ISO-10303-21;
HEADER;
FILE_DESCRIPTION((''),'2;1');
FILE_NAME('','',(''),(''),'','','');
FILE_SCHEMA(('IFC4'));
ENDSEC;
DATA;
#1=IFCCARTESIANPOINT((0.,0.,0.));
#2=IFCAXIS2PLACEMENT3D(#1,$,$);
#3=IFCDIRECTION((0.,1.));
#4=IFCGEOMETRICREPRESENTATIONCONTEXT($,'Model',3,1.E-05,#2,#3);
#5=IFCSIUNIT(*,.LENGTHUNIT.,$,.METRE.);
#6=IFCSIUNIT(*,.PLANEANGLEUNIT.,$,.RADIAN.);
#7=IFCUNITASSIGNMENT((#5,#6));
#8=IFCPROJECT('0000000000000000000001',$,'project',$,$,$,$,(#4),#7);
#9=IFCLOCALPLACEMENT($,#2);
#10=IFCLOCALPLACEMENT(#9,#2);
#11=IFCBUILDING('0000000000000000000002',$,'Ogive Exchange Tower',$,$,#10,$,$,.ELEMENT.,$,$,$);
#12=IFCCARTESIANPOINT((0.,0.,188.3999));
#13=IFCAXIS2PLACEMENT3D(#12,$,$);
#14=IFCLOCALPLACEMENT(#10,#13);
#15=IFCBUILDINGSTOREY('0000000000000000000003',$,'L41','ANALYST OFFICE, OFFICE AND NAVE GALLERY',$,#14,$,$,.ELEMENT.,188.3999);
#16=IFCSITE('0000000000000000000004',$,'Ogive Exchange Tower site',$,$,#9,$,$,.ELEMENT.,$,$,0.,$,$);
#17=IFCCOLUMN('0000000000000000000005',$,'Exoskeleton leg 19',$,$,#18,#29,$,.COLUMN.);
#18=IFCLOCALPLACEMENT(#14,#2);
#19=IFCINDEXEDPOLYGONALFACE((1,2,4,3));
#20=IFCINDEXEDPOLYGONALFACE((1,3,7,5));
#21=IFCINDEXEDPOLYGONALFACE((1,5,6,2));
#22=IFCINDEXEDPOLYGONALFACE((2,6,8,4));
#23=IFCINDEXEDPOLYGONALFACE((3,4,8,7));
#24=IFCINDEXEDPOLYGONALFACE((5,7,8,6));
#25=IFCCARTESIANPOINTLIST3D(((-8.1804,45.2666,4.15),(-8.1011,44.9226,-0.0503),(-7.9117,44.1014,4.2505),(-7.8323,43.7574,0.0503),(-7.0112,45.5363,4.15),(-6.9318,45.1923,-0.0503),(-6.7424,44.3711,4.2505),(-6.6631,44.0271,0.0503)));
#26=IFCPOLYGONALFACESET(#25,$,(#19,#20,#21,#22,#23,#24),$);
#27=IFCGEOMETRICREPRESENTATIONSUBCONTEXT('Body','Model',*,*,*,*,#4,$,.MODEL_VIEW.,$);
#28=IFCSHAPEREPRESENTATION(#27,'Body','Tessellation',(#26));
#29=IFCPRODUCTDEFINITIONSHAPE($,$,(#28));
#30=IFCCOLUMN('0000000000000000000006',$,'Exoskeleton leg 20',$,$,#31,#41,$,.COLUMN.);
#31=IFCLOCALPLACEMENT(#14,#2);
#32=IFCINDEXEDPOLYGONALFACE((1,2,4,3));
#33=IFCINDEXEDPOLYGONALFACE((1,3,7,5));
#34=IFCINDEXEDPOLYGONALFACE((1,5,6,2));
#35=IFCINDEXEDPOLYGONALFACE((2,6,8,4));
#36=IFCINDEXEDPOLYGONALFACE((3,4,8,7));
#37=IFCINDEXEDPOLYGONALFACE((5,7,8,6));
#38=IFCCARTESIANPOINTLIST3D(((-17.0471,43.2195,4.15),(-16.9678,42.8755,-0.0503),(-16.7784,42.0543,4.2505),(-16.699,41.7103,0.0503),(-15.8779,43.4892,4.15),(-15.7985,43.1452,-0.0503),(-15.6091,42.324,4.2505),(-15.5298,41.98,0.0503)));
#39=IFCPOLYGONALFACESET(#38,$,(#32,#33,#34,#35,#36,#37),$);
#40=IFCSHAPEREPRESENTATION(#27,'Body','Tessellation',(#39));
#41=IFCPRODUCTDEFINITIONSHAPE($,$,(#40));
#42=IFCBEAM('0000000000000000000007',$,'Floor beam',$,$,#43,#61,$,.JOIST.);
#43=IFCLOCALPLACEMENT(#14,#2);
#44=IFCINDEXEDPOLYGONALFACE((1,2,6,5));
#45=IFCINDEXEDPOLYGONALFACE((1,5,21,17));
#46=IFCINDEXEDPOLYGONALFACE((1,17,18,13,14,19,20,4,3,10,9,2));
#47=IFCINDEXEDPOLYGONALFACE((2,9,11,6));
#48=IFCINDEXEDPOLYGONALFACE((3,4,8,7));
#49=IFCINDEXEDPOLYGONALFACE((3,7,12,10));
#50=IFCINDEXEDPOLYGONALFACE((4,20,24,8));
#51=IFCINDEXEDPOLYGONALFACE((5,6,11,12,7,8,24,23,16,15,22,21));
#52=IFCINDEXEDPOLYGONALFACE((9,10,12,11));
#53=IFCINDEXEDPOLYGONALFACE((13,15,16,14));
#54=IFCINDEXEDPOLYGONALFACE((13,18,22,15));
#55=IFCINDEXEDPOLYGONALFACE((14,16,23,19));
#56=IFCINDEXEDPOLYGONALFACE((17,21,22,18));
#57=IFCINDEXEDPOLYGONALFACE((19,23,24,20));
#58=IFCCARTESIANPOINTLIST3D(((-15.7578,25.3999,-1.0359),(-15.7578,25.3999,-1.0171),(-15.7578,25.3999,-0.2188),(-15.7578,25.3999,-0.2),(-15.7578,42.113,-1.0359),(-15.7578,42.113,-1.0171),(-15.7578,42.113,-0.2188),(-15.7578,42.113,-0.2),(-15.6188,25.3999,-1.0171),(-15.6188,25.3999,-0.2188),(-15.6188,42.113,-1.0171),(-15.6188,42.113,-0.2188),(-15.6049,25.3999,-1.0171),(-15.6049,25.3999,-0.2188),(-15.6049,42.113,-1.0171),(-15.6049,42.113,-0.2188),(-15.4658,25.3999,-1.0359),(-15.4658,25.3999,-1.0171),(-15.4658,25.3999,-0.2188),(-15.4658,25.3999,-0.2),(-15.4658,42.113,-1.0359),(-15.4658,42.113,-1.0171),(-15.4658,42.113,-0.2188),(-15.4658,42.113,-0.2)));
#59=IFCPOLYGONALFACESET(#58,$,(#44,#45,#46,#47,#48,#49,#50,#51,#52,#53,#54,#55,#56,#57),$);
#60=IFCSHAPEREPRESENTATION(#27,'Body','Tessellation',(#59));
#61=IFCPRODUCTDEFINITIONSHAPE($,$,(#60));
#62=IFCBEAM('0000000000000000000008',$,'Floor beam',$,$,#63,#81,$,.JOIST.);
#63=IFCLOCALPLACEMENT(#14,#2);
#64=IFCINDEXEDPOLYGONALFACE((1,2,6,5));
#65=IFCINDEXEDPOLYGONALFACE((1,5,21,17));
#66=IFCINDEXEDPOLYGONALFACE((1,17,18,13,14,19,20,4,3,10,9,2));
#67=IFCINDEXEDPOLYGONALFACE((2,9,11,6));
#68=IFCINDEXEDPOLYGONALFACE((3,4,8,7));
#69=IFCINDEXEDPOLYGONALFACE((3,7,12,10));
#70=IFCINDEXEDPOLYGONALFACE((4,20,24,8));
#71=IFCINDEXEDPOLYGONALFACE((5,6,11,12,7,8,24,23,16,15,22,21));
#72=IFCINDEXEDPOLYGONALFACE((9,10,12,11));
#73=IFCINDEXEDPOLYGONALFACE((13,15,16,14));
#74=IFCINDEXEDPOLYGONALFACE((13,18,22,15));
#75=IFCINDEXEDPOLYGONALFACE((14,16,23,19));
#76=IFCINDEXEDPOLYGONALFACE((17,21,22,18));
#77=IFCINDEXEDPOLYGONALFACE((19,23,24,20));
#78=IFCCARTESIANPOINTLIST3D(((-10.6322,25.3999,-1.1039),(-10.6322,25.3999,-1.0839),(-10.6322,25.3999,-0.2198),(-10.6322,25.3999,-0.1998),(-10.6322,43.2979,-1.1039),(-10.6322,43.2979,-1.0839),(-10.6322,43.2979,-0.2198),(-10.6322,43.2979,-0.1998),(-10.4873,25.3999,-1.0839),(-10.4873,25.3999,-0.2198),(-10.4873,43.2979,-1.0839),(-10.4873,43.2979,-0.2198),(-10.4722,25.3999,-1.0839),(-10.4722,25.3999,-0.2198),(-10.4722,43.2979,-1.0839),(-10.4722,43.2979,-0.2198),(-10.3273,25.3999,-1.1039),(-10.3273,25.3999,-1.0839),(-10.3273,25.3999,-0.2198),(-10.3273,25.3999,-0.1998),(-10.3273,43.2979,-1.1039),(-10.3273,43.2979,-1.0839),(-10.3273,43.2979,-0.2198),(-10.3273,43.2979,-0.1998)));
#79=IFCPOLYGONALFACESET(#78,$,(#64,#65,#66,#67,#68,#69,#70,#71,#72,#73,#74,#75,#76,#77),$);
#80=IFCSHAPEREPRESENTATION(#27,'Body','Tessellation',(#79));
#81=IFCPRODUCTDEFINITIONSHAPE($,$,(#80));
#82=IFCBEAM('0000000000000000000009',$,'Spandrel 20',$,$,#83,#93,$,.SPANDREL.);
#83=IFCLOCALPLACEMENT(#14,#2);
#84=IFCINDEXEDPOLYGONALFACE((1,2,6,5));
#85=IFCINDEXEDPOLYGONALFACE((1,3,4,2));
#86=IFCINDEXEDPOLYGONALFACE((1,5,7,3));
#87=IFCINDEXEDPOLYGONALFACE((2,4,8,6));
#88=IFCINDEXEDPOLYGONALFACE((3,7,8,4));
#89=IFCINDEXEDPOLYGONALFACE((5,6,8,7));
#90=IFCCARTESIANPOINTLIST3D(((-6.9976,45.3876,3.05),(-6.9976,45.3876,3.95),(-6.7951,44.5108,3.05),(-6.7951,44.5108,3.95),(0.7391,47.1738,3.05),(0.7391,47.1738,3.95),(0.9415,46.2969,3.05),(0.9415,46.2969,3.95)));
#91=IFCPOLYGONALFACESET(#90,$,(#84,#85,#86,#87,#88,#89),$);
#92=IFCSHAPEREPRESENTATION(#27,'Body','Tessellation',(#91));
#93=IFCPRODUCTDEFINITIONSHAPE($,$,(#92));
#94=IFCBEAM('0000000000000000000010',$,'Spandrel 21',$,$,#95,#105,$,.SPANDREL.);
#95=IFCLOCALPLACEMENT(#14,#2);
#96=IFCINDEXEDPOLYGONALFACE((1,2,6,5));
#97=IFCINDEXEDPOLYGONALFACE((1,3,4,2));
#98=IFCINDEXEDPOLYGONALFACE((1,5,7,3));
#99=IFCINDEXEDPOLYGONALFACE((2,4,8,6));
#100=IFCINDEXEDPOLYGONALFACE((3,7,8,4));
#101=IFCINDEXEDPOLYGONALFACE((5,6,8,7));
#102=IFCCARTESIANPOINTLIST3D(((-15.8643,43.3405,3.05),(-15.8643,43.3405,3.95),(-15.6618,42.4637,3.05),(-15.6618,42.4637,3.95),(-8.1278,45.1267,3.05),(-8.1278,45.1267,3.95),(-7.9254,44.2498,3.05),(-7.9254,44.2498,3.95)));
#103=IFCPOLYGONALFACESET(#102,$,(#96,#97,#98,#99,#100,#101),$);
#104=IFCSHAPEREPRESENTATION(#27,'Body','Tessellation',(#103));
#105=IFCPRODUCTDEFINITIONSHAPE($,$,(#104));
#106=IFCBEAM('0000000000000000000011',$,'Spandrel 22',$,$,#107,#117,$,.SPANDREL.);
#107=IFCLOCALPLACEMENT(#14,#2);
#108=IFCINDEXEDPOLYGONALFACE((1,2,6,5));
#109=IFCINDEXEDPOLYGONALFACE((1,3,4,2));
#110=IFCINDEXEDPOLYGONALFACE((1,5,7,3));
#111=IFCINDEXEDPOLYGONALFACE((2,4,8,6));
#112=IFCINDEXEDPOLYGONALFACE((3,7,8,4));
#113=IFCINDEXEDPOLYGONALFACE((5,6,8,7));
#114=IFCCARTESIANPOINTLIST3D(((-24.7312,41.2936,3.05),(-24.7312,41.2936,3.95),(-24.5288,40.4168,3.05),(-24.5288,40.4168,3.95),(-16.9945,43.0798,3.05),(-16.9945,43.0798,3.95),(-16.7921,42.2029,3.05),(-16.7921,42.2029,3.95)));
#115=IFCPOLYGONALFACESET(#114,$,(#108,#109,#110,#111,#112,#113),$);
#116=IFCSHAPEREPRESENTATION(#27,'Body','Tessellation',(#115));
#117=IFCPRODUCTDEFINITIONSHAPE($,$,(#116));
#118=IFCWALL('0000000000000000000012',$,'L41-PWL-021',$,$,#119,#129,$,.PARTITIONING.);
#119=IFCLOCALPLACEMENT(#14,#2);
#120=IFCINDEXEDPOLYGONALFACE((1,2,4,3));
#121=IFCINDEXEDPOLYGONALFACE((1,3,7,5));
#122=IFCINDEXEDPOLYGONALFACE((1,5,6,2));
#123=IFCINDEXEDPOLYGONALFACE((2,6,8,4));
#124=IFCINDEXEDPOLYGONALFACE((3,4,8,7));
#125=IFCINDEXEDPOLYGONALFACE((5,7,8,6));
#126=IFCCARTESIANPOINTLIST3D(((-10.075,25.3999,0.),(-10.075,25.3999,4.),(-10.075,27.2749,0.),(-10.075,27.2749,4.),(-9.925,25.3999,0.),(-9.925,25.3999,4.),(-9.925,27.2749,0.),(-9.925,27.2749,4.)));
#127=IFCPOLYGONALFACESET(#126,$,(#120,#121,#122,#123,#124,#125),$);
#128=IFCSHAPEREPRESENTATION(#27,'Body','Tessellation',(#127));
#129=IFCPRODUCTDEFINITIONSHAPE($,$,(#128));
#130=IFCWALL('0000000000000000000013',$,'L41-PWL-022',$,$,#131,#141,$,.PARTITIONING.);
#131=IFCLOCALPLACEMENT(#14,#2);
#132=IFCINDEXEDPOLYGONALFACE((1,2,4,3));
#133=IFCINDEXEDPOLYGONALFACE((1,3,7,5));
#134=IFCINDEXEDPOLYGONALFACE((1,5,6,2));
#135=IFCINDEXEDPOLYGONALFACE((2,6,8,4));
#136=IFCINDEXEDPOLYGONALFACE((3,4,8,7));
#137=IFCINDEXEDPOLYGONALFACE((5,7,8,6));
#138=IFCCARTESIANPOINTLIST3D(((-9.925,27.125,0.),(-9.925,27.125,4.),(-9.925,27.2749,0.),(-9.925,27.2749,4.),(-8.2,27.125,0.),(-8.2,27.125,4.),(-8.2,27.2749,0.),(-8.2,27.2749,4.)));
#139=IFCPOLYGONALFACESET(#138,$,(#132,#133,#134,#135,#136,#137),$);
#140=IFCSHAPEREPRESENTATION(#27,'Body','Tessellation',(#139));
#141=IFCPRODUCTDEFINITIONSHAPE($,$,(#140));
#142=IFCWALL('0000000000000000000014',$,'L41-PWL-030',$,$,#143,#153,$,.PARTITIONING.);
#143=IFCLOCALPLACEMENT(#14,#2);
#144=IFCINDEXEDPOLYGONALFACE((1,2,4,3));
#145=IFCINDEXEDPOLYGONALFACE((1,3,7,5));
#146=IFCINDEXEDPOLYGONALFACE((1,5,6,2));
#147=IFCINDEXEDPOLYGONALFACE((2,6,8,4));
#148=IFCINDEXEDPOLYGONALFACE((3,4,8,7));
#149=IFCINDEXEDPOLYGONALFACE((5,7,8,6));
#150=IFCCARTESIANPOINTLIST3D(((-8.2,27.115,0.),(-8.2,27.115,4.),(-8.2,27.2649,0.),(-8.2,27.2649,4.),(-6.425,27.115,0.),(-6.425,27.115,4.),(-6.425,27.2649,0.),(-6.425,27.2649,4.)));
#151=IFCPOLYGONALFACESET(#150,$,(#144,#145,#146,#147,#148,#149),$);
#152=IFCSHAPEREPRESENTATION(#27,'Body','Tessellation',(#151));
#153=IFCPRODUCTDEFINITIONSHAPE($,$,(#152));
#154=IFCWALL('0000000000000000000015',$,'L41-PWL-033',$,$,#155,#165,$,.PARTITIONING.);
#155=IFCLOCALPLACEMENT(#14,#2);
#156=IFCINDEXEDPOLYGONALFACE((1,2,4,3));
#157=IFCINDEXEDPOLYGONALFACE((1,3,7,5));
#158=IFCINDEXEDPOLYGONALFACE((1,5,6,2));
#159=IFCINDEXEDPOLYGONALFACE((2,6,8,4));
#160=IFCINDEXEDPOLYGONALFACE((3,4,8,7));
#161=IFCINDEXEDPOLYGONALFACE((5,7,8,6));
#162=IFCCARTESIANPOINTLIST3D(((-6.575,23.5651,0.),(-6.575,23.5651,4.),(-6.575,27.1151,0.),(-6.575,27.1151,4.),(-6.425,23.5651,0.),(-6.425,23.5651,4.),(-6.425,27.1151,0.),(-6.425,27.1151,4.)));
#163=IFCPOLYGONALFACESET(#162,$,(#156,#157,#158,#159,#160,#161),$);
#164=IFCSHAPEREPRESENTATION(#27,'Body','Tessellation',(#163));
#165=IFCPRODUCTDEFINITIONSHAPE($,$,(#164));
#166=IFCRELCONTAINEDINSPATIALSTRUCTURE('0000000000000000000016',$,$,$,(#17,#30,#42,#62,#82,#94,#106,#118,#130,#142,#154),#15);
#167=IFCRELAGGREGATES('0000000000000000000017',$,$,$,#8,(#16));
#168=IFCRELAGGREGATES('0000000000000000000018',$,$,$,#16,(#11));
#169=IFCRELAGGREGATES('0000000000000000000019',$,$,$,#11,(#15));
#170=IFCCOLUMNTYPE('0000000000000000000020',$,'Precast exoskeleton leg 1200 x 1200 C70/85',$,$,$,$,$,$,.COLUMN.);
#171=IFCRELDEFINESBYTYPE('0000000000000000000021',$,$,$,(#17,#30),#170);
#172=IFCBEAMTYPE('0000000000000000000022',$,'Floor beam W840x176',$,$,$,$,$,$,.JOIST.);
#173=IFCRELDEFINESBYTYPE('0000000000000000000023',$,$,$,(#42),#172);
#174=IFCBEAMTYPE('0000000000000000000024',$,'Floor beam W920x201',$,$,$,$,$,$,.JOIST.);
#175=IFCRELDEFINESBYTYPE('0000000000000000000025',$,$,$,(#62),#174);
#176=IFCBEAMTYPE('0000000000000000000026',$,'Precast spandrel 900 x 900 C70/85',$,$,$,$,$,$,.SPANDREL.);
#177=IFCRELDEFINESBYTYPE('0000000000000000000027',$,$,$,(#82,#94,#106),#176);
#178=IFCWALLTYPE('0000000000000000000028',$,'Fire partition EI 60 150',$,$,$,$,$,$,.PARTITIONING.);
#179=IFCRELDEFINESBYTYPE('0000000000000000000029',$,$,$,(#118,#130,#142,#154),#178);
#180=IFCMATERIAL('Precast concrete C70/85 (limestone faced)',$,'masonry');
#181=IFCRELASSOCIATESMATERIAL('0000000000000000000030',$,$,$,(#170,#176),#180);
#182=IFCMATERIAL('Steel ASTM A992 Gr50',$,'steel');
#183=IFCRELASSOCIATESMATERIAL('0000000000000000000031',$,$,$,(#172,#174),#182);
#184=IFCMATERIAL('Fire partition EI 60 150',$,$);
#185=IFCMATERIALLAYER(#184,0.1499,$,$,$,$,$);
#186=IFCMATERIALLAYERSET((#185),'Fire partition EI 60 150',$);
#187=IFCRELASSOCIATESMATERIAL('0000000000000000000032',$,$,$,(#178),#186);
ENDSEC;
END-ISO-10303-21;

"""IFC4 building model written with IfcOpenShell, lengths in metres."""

from ifc_helpers import new_model, si_unit, direction, frame, frame_2d, origin, origin_2d, place, context, subcontext, project, spatial, rectangle, i_section, extrude, material, layer, layer_set, material_profile, profile_set, type_object, element, save


model = new_model("IFC4")

# Units and contexts
model_context = context("Model", 3, precision=1e-05, world=origin(), true_north=direction((0.0, 1.0)))
body_context = subcontext(model_context, "Body", "Model", "MODEL_VIEW")
ifc_project = project(units=[si_unit("LENGTHUNIT", "METRE"), si_unit("PLANEANGLEUNIT", "RADIAN")], contexts=[model_context])

# Site, building, storey
site_placement = place(None, origin())
site = spatial("IfcSite", under=ifc_project, at=site_placement, Name="Ogive Exchange Tower site", CompositionType="ELEMENT", RefElevation=0.0)
building_placement = place(site_placement, origin())
building = spatial("IfcBuilding", under=site, at=building_placement, Name="Ogive Exchange Tower", CompositionType="ELEMENT")
storey_placement = place(building_placement, frame((0.0, 0.0, 188.3999)))
storey = spatial("IfcBuildingStorey", under=building, at=storey_placement, Name="L41", Description="ANALYST OFFICE, OFFICE AND NAVE GALLERY", CompositionType="ELEMENT", Elevation=188.3999)

# Columns
ifc_material_1 = material(Name="Precast concrete C70/85 (limestone faced)", Category="masonry")
ifc_material_profile_1 = material_profile(ifc_material_1, rectangle(XDim=1.2, YDim=1.2, at=origin_2d()), Name="1200 x 1200")
ifc_profile_set_1 = profile_set([ifc_material_profile_1], Name="Precast concrete C70/85 (limestone faced)")
column_type = type_object("IfcColumnType", Name="Precast exoskeleton leg 1200 x 1200 C70/85", PredefinedType="COLUMN", material=ifc_profile_set_1)
for number, where, z_axis, x_axis, name in (
    (1, (-7.3821, 44.4749, 0.0), (-0.018825, 0.081612, 0.996486), (-0.974415, -0.224758, 0.0), "Exoskeleton leg 19"),
    (2, (-16.2488, 42.4277, 0.0), (-0.018825, 0.081612, 0.996486), (-0.974415, -0.224758, 0.0), "Exoskeleton leg 20"),
):
    element("IfcColumn", number, at=place(storey_placement, frame(where, z_axis=z_axis, x_axis=x_axis)), inside=storey, type_object=column_type, Name=name, PredefinedType="COLUMN", context=body_context, shape_type="SweptSolid", body=[
        extrude(rectangle(XDim=1.2, YDim=1.2, at=origin_2d()), origin(), (0.0, 0.0, 1.0), 4.2151),
    ])

# Beams
ifc_material_2 = material(Name="Steel ASTM A992 Gr50", Category="steel")
ifc_material_profile_2 = material_profile(ifc_material_2, i_section(OverallWidth=0.292, OverallDepth=0.8359, WebThickness=0.0139, FlangeThickness=0.0188, at=origin_2d()), Name="W840x176")
ifc_profile_set_2 = profile_set([ifc_material_profile_2], Name="Steel ASTM A992 Gr50")
beam_type_1 = type_object("IfcBeamType", Name="Floor beam W840x176", PredefinedType="JOIST", material=ifc_profile_set_2)
beam_1_placement = place(storey_placement, frame((-15.6118, 25.3999, -0.6179), z_axis=(0.0, 1.0, 0.0), x_axis=(-1.0, 0.0, 0.0)))
element("IfcBeam", 3, at=beam_1_placement, inside=storey, type_object=beam_type_1, Name="Floor beam", PredefinedType="JOIST", context=body_context, shape_type="SweptSolid", body=[
    extrude(i_section(OverallWidth=0.292, OverallDepth=0.8359, WebThickness=0.0139, FlangeThickness=0.0188, at=origin_2d()), origin(), (0.0, 0.0, 1.0), 16.7131),
])
ifc_material_profile_3 = material_profile(ifc_material_2, i_section(OverallWidth=0.3049, OverallDepth=0.9041, WebThickness=0.0151, FlangeThickness=0.02, at=origin_2d()), Name="W920x201")
ifc_profile_set_3 = profile_set([ifc_material_profile_3], Name="Steel ASTM A992 Gr50")
beam_type_2 = type_object("IfcBeamType", Name="Floor beam W920x201", PredefinedType="JOIST", material=ifc_profile_set_3)
beam_2_placement = place(storey_placement, frame((-10.4797, 25.3999, -0.6519), z_axis=(0.0, 1.0, 0.0), x_axis=(-1.0, 0.0, 0.0)))
element("IfcBeam", 4, at=beam_2_placement, inside=storey, type_object=beam_type_2, Name="Floor beam", PredefinedType="JOIST", context=body_context, shape_type="SweptSolid", body=[
    extrude(i_section(OverallWidth=0.3049, OverallDepth=0.9041, WebThickness=0.0151, FlangeThickness=0.02, at=origin_2d()), origin(), (0.0, 0.0, 1.0), 17.8979),
])
ifc_material_profile_4 = material_profile(ifc_material_1, rectangle(XDim=0.8999, YDim=0.8999, at=origin_2d()), Name="900 x 900")
ifc_profile_set_4 = profile_set([ifc_material_profile_4], Name="Precast concrete C70/85 (limestone faced)")
beam_type_3 = type_object("IfcBeamType", Name="Precast spandrel 900 x 900 C70/85", PredefinedType="SPANDREL", material=ifc_profile_set_4)
beam_3_placement = place(storey_placement, frame((0.8403, 46.7354, 3.5), z_axis=(-0.97437, -0.224952, 0.0), x_axis=(0.224952, -0.97437, 0.0)))
element("IfcBeam", 5, at=beam_3_placement, inside=storey, type_object=beam_type_3, Name="Spandrel 20", PredefinedType="SPANDREL", context=body_context, shape_type="SweptSolid", body=[
    extrude(rectangle(XDim=0.8999, YDim=0.8999, at=origin_2d()), origin(), (0.0, 0.0, 1.0), 7.9402),
])
beam_4_placement = place(storey_placement, frame((-8.0266, 44.6882, 3.5), z_axis=(-0.974368, -0.224958, 0.0), x_axis=(0.224958, -0.974368, 0.0)))
element("IfcBeam", 6, at=beam_4_placement, inside=storey, type_object=beam_type_3, Name="Spandrel 21", PredefinedType="SPANDREL", context=body_context, shape_type="SweptSolid", body=[
    extrude(rectangle(XDim=0.8999, YDim=0.8999, at=origin_2d()), origin(), (0.0, 0.0, 1.0), 7.9399),
])
beam_5_placement = place(storey_placement, frame((-16.8933, 42.6414, 3.5), z_axis=(-0.97437, -0.224952, 0.0), x_axis=(0.224952, -0.97437, 0.0)))
element("IfcBeam", 7, at=beam_5_placement, inside=storey, type_object=beam_type_3, Name="Spandrel 22", PredefinedType="SPANDREL", context=body_context, shape_type="SweptSolid", body=[
    extrude(rectangle(XDim=0.8999, YDim=0.8999, at=origin_2d()), origin(), (0.0, 0.0, 1.0), 7.9402),
])

# Walls
ifc_material_3 = material(Name="Fire partition EI 60 150")
ifc_layer_1 = layer(ifc_material_3, 0.1499)
ifc_layer_set_1 = layer_set([ifc_layer_1], Name="Fire partition EI 60 150")
wall_type_1 = type_object("IfcWallType", Name="Fire partition EI 60 150", PredefinedType="PARTITIONING", material=ifc_layer_set_1)
wall_1_placement = place(storey_placement, frame((-10.0, 25.3999, 0.0), z_axis=(0.0, 0.0, 1.0), x_axis=(0.0, 1.0, 0.0)))
element("IfcWall", 8, at=wall_1_placement, inside=storey, type_object=wall_type_1, Name="L41-PWL-021", PredefinedType="PARTITIONING", context=body_context, shape_type="SweptSolid", body=[
    extrude(rectangle(XDim=1.875, YDim=0.1499, at=frame_2d((0.9375, 0.0))), origin(), (0.0, 0.0, 1.0), 4.0),
])
wall_2_placement = place(storey_placement, frame((-9.925, 27.2, 0.0), z_axis=(0.0, 0.0, 1.0), x_axis=(1.0, 0.0, 0.0)))
element("IfcWall", 9, at=wall_2_placement, inside=storey, type_object=wall_type_1, Name="L41-PWL-022", PredefinedType="PARTITIONING", context=body_context, shape_type="SweptSolid", body=[
    extrude(rectangle(XDim=1.7251, YDim=0.1499, at=frame_2d((0.8625, 0.0))), origin(), (0.0, 0.0, 1.0), 4.0),
])
wall_3_placement = place(storey_placement, frame((-8.2, 27.1899, 0.0), z_axis=(0.0, 0.0, 1.0), x_axis=(1.0, 0.0, 0.0)))
element("IfcWall", 10, at=wall_3_placement, inside=storey, type_object=wall_type_1, Name="L41-PWL-030", PredefinedType="PARTITIONING", context=body_context, shape_type="SweptSolid", body=[
    extrude(rectangle(XDim=1.7749, YDim=0.1499, at=frame_2d((0.8875, 0.0))), origin(), (0.0, 0.0, 1.0), 4.0),
])
wall_4_placement = place(storey_placement, frame((-6.5, 27.115, 0.0), z_axis=(0.0, 0.0, 1.0), x_axis=(0.0, -1.0, 0.0)))
element("IfcWall", 11, at=wall_4_placement, inside=storey, type_object=wall_type_1, Name="L41-PWL-033", PredefinedType="PARTITIONING", context=body_context, shape_type="SweptSolid", body=[
    extrude(rectangle(XDim=3.55, YDim=0.1499, at=frame_2d((1.7749, 0.0))), origin(), (0.0, 0.0, 1.0), 4.0),
])

save(model, "model.ifc")
